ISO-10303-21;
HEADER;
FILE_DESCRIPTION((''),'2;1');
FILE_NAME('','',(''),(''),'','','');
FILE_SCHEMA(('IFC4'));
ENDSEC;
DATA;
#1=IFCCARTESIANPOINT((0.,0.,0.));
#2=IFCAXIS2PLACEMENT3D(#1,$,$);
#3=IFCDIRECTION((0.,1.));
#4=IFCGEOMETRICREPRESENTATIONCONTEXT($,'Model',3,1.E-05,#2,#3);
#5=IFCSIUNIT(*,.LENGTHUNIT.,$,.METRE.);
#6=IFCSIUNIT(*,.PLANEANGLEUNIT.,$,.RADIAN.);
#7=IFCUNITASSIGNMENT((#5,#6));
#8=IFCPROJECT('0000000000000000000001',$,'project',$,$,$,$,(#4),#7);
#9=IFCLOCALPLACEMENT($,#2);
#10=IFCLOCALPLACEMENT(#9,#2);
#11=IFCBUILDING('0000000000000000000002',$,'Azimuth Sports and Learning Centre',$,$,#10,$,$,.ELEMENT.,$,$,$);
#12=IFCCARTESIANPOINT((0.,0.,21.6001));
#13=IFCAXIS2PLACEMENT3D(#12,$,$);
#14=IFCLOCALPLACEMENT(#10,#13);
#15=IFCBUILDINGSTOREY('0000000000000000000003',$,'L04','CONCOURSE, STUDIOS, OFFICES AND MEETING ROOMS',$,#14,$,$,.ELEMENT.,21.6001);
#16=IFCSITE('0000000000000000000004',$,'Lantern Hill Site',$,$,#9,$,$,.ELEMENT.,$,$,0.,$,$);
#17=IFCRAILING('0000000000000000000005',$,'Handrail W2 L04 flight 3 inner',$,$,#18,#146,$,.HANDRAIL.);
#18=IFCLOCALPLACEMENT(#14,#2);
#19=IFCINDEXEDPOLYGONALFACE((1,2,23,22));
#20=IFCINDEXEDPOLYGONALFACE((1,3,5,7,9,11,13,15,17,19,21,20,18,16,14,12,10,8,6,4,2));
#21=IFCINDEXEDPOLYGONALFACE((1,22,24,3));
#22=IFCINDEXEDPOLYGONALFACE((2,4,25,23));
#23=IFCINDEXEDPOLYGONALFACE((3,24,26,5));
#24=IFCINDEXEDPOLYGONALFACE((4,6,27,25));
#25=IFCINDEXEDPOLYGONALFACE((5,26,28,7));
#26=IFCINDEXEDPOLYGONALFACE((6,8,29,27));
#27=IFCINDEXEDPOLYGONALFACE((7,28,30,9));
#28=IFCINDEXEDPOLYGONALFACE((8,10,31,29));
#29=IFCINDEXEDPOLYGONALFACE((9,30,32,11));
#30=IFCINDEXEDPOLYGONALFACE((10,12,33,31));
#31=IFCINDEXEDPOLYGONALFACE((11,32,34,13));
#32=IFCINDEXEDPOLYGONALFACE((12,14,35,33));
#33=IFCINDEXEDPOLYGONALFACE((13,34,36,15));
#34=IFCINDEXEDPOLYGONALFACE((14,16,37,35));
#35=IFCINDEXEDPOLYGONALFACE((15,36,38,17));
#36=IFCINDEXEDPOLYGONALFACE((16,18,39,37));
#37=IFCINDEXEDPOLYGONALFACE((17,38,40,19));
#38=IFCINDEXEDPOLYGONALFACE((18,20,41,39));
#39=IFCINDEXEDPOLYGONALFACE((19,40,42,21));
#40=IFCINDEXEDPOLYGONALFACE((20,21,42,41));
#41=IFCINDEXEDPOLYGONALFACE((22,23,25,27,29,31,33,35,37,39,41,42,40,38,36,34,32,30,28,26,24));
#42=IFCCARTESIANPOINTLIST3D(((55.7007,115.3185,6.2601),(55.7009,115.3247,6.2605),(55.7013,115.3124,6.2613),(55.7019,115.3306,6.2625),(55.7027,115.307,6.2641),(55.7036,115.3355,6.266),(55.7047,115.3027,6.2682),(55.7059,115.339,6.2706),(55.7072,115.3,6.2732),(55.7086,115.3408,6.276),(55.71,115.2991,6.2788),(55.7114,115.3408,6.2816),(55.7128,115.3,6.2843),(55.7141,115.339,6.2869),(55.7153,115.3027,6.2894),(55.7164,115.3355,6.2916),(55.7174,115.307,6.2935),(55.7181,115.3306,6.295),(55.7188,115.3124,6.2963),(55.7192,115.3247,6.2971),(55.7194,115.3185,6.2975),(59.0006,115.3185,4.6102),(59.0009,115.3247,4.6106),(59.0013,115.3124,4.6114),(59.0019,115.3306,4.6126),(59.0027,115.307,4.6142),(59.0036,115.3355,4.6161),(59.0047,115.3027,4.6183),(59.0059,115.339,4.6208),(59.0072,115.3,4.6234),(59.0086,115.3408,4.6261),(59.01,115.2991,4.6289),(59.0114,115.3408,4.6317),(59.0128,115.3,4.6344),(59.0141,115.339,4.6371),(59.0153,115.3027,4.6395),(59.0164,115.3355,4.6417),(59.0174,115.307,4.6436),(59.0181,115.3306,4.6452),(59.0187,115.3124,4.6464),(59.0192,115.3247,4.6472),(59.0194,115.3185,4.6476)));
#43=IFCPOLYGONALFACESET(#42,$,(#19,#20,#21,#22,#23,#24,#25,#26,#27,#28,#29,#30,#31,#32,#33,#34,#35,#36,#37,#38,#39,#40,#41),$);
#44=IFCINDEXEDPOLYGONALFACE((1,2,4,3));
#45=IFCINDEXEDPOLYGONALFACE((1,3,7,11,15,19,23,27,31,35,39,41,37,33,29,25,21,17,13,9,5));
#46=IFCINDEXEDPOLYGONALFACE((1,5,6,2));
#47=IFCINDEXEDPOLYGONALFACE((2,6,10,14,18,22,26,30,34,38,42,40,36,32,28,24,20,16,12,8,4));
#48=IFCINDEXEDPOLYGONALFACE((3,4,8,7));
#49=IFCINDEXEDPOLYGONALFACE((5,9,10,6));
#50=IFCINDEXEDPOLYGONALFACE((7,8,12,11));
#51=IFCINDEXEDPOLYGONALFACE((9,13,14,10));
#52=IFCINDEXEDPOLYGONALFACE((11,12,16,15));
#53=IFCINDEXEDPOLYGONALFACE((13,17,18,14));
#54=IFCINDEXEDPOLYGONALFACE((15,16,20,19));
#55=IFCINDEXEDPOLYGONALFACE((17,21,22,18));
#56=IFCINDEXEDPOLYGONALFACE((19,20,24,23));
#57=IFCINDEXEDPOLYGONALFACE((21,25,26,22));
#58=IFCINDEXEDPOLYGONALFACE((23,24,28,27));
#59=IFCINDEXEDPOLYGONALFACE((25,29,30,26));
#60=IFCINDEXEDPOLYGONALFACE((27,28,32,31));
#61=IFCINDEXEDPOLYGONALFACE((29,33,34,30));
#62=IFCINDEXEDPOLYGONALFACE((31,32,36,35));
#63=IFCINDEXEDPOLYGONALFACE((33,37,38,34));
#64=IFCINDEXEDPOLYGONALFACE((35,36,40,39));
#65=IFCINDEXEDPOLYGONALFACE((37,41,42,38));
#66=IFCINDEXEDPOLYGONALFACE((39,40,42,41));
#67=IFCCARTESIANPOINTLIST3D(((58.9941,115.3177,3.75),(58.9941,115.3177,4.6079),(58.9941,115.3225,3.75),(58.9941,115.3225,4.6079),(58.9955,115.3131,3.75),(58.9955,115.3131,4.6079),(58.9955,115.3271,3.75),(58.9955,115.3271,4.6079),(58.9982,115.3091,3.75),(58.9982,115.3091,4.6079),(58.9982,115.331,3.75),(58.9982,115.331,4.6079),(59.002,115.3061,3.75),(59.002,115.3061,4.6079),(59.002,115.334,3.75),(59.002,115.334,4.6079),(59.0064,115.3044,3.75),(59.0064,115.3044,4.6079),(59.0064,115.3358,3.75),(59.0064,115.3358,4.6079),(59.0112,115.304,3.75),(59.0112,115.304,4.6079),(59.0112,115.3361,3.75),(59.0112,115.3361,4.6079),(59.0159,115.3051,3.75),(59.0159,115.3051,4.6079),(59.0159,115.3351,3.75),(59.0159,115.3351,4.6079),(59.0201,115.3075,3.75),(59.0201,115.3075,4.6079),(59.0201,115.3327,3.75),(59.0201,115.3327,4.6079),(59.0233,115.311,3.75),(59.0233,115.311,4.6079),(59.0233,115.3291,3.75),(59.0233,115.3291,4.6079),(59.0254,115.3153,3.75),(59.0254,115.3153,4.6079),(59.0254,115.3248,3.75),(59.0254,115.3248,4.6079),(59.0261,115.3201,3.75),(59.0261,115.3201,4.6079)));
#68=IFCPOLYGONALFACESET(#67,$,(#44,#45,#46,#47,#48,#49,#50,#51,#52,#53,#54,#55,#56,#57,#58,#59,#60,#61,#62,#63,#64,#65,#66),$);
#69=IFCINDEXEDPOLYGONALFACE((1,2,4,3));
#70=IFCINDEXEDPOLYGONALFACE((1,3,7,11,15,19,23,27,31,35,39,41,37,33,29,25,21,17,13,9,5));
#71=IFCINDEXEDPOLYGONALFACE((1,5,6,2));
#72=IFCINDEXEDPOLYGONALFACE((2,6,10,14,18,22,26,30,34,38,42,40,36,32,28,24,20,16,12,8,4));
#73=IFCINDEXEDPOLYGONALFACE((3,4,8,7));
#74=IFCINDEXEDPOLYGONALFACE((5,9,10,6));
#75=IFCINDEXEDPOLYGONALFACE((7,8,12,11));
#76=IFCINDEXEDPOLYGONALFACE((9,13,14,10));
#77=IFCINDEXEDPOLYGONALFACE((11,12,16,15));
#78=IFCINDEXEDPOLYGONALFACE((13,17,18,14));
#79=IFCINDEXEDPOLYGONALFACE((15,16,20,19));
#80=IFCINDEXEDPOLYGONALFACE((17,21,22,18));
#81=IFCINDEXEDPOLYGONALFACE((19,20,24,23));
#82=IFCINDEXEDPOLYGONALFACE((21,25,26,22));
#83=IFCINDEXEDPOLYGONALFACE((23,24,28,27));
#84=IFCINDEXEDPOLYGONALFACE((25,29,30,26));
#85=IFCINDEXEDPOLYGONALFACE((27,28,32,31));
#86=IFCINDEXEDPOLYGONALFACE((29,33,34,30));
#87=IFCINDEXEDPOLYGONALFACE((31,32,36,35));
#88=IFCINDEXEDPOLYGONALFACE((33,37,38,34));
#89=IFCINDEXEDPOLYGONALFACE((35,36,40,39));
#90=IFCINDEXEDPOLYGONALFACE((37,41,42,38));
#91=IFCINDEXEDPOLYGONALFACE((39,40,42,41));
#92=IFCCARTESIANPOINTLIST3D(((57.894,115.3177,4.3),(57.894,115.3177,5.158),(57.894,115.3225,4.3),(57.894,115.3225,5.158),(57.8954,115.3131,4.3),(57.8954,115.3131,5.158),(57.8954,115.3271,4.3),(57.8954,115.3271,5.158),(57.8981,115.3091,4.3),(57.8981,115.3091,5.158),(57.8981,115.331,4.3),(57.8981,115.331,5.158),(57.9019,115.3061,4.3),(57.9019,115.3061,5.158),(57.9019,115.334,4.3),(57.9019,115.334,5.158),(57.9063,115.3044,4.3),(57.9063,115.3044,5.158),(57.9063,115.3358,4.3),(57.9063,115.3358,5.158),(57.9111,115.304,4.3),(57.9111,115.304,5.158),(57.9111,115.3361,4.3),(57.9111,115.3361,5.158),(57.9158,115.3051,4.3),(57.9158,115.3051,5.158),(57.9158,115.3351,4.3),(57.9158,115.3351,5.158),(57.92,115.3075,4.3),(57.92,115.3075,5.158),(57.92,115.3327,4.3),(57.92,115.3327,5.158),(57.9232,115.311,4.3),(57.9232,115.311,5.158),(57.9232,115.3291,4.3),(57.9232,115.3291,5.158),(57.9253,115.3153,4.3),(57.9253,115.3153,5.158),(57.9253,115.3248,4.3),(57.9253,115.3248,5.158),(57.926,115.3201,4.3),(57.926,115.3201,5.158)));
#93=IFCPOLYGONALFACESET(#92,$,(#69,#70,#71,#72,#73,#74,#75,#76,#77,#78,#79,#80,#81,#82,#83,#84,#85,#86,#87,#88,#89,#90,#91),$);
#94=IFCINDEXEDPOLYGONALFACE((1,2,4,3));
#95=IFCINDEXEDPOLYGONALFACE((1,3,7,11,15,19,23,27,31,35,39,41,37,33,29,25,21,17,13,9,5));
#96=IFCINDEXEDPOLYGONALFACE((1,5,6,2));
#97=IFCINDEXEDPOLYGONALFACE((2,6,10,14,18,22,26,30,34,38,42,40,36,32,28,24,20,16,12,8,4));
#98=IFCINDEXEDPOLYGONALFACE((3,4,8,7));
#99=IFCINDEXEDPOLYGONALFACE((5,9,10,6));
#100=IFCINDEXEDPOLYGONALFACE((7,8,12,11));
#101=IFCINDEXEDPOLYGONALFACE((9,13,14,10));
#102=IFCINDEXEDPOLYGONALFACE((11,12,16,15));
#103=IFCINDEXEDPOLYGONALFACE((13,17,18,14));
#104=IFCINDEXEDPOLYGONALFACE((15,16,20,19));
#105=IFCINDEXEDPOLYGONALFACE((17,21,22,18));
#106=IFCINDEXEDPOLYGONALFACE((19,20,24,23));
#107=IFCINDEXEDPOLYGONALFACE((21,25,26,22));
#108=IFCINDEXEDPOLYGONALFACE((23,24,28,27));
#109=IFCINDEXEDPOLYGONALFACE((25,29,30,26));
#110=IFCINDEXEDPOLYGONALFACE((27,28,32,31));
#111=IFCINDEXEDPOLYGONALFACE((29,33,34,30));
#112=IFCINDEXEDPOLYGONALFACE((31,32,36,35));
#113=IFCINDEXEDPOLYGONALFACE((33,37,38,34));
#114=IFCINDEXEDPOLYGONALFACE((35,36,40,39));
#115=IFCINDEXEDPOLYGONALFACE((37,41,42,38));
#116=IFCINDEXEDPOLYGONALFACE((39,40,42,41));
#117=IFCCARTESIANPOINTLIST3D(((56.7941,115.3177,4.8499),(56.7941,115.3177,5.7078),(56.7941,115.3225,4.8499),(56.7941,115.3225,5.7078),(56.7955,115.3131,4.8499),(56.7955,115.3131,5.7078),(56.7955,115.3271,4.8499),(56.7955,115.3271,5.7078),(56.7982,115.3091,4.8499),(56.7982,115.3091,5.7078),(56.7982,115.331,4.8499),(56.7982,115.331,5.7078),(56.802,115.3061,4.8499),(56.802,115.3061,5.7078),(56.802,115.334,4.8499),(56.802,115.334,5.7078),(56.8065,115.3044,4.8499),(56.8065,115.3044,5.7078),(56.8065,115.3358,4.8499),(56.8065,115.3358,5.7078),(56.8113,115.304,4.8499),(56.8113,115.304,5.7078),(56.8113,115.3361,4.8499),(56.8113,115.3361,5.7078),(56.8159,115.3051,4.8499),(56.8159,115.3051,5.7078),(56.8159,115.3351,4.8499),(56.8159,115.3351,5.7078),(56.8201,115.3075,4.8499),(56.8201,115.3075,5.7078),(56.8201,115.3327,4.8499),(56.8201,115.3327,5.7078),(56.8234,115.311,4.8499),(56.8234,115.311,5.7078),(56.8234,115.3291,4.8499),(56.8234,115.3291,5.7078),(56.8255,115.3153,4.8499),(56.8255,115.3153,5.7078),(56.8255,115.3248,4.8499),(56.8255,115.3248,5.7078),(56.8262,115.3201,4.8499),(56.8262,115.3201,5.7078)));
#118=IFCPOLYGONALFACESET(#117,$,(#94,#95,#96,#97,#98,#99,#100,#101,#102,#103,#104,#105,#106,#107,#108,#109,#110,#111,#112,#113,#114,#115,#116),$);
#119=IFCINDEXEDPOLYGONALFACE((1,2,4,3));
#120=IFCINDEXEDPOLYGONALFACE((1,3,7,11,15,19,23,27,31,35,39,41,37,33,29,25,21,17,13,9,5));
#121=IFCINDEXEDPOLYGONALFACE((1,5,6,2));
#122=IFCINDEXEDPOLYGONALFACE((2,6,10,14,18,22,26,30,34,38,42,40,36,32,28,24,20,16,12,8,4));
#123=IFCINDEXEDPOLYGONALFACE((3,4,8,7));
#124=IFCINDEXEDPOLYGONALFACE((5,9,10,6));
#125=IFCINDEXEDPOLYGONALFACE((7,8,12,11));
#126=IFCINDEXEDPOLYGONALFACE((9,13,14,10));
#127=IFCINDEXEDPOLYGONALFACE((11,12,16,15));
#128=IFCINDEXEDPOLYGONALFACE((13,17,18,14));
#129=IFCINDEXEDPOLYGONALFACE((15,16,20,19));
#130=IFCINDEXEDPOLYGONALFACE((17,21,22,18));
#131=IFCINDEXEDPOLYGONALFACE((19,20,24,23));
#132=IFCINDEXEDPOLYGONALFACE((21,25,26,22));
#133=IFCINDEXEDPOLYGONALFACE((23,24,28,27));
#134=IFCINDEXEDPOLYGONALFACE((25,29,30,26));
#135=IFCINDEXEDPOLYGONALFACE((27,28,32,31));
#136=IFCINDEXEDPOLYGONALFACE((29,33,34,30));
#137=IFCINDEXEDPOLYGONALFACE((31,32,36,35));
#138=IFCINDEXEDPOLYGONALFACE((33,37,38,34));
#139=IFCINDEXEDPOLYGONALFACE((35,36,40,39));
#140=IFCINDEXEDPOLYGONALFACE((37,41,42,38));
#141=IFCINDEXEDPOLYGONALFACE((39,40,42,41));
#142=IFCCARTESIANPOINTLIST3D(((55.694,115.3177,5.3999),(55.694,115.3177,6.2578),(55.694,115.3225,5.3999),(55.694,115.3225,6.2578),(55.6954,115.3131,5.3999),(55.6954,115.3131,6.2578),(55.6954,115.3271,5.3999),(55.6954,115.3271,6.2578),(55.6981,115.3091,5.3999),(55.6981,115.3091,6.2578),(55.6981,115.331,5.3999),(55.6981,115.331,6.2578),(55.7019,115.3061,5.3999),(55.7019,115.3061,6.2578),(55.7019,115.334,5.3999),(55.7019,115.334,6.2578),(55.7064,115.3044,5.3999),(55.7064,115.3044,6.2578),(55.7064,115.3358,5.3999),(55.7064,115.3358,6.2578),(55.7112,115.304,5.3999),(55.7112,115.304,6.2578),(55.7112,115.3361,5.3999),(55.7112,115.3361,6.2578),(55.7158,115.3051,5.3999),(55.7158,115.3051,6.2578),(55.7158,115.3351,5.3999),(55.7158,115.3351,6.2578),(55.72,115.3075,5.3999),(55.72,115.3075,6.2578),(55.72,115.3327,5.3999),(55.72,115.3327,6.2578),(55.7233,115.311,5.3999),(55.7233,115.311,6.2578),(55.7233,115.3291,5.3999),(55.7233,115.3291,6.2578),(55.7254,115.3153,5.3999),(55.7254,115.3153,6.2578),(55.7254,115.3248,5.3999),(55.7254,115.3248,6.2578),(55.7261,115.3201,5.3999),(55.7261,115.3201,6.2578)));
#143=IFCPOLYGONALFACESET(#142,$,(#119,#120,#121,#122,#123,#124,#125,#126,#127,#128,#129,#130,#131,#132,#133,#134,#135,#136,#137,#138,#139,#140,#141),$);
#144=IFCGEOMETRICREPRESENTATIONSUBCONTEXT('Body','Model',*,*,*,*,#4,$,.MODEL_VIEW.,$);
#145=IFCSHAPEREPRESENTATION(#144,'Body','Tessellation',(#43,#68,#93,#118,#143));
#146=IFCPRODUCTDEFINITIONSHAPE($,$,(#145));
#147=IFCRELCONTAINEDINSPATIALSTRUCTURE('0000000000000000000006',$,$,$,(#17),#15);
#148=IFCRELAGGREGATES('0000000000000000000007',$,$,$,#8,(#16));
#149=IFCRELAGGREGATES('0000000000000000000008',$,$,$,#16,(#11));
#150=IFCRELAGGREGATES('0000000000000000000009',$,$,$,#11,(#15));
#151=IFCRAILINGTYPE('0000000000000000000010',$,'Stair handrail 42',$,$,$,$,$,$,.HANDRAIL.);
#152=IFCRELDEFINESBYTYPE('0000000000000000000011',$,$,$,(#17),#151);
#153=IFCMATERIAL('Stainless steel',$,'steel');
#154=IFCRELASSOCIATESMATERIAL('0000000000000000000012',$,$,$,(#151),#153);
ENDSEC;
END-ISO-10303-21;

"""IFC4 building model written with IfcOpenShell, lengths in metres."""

from ifc_helpers import new_model, si_unit, direction, frame, origin, origin_2d, place, context, subcontext, project, spatial, circle, extrude, material, type_object, element, save


model = new_model("IFC4")

# Units and contexts
model_context = context("Model", 3, precision=1e-05, world=origin(), true_north=direction((0.0, 1.0)))
body_context = subcontext(model_context, "Body", "Model", "MODEL_VIEW")
ifc_project = project(units=[si_unit("LENGTHUNIT", "METRE"), si_unit("PLANEANGLEUNIT", "RADIAN")], contexts=[model_context])

# Site, building, storey
site_placement = place(None, origin())
site = spatial("IfcSite", under=ifc_project, at=site_placement, Name="Lantern Hill Site", CompositionType="ELEMENT", RefElevation=0.0)
building_placement = place(site_placement, origin())
building = spatial("IfcBuilding", under=site, at=building_placement, Name="Azimuth Sports and Learning Centre", CompositionType="ELEMENT")
storey_placement = place(building_placement, frame((0.0, 0.0, 21.6001)))
storey = spatial("IfcBuildingStorey", under=building, at=storey_placement, Name="L04", Description="CONCOURSE, STUDIOS, OFFICES AND MEETING ROOMS", CompositionType="ELEMENT", Elevation=21.6001)

# Railing
ifc_material_1 = material(Name="Stainless steel", Category="steel")
railing_type = type_object("IfcRailingType", Name="Stair handrail 42", PredefinedType="HANDRAIL", material=ifc_material_1)
for number, where, name in (
    (1, (59.01, 115.3201, 3.75), "Handrail W2 L04 flight 3 inner"),
):
    element("IfcRailing", number, at=place(storey_placement, frame(where)), inside=storey, type_object=railing_type, Name=name, PredefinedType="HANDRAIL", context=body_context, shape_type="SweptSolid", body=[
        extrude(circle(Radius=0.021, at=origin_2d()), frame((0.0, 0.0, 0.8789), z_axis=(-0.89444, 0.0, 0.447187), x_axis=(0.0, -1.0, 0.0)), (0.0, 0.0, 1.0), 3.6895),
        extrude(circle(Radius=0.0161, at=origin_2d()), origin(), (0.0, 0.0, 1.0), 0.8579),
        extrude(circle(Radius=0.0161, at=origin_2d()), frame((-1.1001, 0.0, 0.55)), (0.0, 0.0, 1.0), 0.8579),
        extrude(circle(Radius=0.0161, at=origin_2d()), frame((-2.2, 0.0, 1.0999)), (0.0, 0.0, 1.0), 0.8579),
        extrude(circle(Radius=0.0161, at=origin_2d()), frame((-3.3, 0.0, 1.6499)), (0.0, 0.0, 1.0), 0.8579),
    ])

save(model, "model.ifc")
